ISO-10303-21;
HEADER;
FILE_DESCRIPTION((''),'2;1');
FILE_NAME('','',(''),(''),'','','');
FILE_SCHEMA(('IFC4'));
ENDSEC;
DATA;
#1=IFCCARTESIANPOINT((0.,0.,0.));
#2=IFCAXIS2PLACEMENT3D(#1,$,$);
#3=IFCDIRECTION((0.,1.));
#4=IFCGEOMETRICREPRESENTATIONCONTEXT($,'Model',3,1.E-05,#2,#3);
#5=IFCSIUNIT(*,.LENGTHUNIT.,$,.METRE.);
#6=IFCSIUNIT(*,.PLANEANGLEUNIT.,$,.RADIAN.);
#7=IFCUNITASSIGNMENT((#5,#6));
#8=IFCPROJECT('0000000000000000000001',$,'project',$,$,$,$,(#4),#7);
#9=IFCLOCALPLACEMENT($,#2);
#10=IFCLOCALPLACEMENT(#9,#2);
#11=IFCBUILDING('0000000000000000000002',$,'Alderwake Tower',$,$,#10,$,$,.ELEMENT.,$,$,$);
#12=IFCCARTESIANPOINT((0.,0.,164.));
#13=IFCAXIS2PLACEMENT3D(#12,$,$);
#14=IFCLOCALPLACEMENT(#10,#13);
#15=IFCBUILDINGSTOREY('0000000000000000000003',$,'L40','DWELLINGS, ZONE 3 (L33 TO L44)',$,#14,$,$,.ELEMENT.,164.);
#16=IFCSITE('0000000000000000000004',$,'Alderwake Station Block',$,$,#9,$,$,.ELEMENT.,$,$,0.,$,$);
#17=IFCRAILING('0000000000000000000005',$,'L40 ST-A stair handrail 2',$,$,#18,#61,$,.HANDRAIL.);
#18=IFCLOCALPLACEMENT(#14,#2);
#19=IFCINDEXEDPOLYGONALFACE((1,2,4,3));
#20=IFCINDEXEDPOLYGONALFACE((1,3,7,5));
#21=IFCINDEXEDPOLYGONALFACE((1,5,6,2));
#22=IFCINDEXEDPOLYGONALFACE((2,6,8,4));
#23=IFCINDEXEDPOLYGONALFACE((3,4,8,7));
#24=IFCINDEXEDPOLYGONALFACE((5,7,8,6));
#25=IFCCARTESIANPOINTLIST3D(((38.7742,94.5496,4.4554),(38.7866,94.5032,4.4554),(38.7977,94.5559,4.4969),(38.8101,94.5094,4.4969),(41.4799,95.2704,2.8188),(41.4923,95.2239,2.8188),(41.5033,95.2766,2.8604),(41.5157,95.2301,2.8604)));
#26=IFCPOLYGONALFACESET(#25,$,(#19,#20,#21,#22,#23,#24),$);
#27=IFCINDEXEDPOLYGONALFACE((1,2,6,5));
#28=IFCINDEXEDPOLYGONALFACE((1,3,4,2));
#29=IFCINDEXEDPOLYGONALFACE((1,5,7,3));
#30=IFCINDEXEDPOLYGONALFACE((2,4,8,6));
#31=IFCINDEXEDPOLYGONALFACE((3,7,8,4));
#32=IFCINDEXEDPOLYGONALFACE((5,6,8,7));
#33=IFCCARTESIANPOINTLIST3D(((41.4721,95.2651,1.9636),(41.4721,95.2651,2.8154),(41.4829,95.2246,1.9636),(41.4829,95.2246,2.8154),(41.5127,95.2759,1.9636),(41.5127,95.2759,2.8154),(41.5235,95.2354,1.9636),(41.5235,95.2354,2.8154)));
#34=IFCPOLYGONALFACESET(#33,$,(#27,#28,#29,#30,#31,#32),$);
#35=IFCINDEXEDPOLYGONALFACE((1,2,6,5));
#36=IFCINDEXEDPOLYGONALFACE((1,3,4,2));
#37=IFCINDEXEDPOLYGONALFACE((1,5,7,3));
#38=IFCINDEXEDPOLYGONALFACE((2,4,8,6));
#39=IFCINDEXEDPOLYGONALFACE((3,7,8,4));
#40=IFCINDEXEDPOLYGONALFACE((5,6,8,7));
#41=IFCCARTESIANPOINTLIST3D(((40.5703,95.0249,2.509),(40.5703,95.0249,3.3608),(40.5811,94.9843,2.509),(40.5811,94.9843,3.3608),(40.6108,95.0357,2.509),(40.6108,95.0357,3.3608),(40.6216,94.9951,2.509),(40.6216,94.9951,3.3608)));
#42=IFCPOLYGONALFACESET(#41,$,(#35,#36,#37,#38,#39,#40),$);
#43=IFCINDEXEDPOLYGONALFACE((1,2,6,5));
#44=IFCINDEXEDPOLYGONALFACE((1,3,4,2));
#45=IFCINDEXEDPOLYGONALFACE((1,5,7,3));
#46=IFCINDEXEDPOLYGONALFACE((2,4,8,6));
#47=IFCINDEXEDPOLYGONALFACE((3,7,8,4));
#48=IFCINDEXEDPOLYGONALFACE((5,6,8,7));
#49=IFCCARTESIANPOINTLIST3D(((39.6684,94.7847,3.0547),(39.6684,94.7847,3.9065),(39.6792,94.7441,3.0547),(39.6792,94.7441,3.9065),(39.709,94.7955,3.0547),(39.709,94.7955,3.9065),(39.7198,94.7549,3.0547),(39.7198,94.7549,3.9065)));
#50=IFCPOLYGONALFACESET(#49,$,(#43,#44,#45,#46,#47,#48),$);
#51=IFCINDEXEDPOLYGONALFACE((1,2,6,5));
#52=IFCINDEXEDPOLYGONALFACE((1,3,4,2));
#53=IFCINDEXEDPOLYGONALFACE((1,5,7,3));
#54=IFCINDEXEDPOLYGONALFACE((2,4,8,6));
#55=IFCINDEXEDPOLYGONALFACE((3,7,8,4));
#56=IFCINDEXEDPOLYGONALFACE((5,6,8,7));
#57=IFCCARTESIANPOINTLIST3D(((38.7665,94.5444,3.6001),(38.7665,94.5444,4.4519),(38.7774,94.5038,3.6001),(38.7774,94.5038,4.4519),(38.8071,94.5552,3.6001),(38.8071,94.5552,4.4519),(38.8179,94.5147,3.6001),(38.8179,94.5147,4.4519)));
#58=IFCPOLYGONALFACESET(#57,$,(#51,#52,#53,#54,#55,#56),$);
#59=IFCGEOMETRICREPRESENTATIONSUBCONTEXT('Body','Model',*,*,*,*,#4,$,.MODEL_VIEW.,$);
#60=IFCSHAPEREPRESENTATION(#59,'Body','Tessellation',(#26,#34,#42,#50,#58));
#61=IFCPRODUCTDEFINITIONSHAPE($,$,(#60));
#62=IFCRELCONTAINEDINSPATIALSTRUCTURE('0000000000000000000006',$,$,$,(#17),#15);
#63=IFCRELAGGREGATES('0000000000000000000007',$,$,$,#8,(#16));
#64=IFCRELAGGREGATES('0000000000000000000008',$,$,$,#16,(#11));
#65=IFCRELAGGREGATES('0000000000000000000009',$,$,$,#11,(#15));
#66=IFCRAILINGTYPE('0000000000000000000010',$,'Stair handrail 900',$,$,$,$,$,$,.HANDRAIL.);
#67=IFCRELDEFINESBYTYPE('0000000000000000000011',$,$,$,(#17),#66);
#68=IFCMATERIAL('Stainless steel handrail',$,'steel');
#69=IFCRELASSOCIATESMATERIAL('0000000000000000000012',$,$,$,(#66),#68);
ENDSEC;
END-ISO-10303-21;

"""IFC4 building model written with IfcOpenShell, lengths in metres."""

from ifc_helpers import new_model, si_unit, direction, frame, origin, origin_2d, place, context, subcontext, project, spatial, rectangle, extrude, material, type_object, element, save


model = new_model("IFC4")

# Units and contexts
model_context = context("Model", 3, precision=1e-05, world=origin(), true_north=direction((0.0, 1.0)))
body_context = subcontext(model_context, "Body", "Model", "MODEL_VIEW")
ifc_project = project(units=[si_unit("LENGTHUNIT", "METRE"), si_unit("PLANEANGLEUNIT", "RADIAN")], contexts=[model_context])

# Site, building, storey
site_placement = place(None, origin())
site = spatial("IfcSite", under=ifc_project, at=site_placement, Name="Alderwake Station Block", CompositionType="ELEMENT", RefElevation=0.0)
building_placement = place(site_placement, origin())
building = spatial("IfcBuilding", under=site, at=building_placement, Name="Alderwake Tower", CompositionType="ELEMENT")
storey_placement = place(building_placement, frame((0.0, 0.0, 164.0)))
storey = spatial("IfcBuildingStorey", under=building, at=storey_placement, Name="L40", Description="DWELLINGS, ZONE 3 (L33 TO L44)", CompositionType="ELEMENT", Elevation=164.0)

# Railing
ifc_material_1 = material(Name="Stainless steel handrail", Category="steel")
railing_type_1 = type_object("IfcRailingType", Name="Stair handrail 900", PredefinedType="HANDRAIL", material=ifc_material_1)
railing_1_placement = place(storey_placement, frame((41.4978, 95.2502, 1.9636)))
element("IfcRailing", 1, at=railing_1_placement, inside=storey, type_object=railing_type_1, Name="L40 ST-A stair handrail 2", PredefinedType="HANDRAIL", context=body_context, shape_type="SweptSolid", body=[
    extrude(rectangle(XDim=0.0481, YDim=0.0481, at=origin_2d()), frame((0.0, 0.0, 0.876), z_axis=(-0.834259, -0.222228, 0.504605), x_axis=(0.257402, -0.966304, 0.0)), (0.0, 0.0, 1.0), 3.2432),
    extrude(rectangle(XDim=0.042, YDim=0.042, at=origin_2d()), frame((0.0, 0.0, 0.0), z_axis=(0.0, 0.0, 1.0), x_axis=(-0.966304, -0.257402, 0.0)), (0.0, 0.0, 1.0), 0.8518),
    extrude(rectangle(XDim=0.042, YDim=0.042, at=origin_2d()), frame((-0.9019, -0.2402, 0.5454), z_axis=(0.0, 0.0, 1.0), x_axis=(-0.966304, -0.257402, 0.0)), (0.0, 0.0, 1.0), 0.8518),
    extrude(rectangle(XDim=0.042, YDim=0.042, at=origin_2d()), frame((-1.8037, -0.4805, 1.0911), z_axis=(0.0, 0.0, 1.0), x_axis=(-0.966304, -0.257402, 0.0)), (0.0, 0.0, 1.0), 0.8518),
    extrude(rectangle(XDim=0.042, YDim=0.042, at=origin_2d()), frame((-2.7056, -0.7207, 1.6365), z_axis=(0.0, 0.0, 1.0), x_axis=(-0.966304, -0.257402, 0.0)), (0.0, 0.0, 1.0), 0.8518),
])

save(model, "model.ifc")
